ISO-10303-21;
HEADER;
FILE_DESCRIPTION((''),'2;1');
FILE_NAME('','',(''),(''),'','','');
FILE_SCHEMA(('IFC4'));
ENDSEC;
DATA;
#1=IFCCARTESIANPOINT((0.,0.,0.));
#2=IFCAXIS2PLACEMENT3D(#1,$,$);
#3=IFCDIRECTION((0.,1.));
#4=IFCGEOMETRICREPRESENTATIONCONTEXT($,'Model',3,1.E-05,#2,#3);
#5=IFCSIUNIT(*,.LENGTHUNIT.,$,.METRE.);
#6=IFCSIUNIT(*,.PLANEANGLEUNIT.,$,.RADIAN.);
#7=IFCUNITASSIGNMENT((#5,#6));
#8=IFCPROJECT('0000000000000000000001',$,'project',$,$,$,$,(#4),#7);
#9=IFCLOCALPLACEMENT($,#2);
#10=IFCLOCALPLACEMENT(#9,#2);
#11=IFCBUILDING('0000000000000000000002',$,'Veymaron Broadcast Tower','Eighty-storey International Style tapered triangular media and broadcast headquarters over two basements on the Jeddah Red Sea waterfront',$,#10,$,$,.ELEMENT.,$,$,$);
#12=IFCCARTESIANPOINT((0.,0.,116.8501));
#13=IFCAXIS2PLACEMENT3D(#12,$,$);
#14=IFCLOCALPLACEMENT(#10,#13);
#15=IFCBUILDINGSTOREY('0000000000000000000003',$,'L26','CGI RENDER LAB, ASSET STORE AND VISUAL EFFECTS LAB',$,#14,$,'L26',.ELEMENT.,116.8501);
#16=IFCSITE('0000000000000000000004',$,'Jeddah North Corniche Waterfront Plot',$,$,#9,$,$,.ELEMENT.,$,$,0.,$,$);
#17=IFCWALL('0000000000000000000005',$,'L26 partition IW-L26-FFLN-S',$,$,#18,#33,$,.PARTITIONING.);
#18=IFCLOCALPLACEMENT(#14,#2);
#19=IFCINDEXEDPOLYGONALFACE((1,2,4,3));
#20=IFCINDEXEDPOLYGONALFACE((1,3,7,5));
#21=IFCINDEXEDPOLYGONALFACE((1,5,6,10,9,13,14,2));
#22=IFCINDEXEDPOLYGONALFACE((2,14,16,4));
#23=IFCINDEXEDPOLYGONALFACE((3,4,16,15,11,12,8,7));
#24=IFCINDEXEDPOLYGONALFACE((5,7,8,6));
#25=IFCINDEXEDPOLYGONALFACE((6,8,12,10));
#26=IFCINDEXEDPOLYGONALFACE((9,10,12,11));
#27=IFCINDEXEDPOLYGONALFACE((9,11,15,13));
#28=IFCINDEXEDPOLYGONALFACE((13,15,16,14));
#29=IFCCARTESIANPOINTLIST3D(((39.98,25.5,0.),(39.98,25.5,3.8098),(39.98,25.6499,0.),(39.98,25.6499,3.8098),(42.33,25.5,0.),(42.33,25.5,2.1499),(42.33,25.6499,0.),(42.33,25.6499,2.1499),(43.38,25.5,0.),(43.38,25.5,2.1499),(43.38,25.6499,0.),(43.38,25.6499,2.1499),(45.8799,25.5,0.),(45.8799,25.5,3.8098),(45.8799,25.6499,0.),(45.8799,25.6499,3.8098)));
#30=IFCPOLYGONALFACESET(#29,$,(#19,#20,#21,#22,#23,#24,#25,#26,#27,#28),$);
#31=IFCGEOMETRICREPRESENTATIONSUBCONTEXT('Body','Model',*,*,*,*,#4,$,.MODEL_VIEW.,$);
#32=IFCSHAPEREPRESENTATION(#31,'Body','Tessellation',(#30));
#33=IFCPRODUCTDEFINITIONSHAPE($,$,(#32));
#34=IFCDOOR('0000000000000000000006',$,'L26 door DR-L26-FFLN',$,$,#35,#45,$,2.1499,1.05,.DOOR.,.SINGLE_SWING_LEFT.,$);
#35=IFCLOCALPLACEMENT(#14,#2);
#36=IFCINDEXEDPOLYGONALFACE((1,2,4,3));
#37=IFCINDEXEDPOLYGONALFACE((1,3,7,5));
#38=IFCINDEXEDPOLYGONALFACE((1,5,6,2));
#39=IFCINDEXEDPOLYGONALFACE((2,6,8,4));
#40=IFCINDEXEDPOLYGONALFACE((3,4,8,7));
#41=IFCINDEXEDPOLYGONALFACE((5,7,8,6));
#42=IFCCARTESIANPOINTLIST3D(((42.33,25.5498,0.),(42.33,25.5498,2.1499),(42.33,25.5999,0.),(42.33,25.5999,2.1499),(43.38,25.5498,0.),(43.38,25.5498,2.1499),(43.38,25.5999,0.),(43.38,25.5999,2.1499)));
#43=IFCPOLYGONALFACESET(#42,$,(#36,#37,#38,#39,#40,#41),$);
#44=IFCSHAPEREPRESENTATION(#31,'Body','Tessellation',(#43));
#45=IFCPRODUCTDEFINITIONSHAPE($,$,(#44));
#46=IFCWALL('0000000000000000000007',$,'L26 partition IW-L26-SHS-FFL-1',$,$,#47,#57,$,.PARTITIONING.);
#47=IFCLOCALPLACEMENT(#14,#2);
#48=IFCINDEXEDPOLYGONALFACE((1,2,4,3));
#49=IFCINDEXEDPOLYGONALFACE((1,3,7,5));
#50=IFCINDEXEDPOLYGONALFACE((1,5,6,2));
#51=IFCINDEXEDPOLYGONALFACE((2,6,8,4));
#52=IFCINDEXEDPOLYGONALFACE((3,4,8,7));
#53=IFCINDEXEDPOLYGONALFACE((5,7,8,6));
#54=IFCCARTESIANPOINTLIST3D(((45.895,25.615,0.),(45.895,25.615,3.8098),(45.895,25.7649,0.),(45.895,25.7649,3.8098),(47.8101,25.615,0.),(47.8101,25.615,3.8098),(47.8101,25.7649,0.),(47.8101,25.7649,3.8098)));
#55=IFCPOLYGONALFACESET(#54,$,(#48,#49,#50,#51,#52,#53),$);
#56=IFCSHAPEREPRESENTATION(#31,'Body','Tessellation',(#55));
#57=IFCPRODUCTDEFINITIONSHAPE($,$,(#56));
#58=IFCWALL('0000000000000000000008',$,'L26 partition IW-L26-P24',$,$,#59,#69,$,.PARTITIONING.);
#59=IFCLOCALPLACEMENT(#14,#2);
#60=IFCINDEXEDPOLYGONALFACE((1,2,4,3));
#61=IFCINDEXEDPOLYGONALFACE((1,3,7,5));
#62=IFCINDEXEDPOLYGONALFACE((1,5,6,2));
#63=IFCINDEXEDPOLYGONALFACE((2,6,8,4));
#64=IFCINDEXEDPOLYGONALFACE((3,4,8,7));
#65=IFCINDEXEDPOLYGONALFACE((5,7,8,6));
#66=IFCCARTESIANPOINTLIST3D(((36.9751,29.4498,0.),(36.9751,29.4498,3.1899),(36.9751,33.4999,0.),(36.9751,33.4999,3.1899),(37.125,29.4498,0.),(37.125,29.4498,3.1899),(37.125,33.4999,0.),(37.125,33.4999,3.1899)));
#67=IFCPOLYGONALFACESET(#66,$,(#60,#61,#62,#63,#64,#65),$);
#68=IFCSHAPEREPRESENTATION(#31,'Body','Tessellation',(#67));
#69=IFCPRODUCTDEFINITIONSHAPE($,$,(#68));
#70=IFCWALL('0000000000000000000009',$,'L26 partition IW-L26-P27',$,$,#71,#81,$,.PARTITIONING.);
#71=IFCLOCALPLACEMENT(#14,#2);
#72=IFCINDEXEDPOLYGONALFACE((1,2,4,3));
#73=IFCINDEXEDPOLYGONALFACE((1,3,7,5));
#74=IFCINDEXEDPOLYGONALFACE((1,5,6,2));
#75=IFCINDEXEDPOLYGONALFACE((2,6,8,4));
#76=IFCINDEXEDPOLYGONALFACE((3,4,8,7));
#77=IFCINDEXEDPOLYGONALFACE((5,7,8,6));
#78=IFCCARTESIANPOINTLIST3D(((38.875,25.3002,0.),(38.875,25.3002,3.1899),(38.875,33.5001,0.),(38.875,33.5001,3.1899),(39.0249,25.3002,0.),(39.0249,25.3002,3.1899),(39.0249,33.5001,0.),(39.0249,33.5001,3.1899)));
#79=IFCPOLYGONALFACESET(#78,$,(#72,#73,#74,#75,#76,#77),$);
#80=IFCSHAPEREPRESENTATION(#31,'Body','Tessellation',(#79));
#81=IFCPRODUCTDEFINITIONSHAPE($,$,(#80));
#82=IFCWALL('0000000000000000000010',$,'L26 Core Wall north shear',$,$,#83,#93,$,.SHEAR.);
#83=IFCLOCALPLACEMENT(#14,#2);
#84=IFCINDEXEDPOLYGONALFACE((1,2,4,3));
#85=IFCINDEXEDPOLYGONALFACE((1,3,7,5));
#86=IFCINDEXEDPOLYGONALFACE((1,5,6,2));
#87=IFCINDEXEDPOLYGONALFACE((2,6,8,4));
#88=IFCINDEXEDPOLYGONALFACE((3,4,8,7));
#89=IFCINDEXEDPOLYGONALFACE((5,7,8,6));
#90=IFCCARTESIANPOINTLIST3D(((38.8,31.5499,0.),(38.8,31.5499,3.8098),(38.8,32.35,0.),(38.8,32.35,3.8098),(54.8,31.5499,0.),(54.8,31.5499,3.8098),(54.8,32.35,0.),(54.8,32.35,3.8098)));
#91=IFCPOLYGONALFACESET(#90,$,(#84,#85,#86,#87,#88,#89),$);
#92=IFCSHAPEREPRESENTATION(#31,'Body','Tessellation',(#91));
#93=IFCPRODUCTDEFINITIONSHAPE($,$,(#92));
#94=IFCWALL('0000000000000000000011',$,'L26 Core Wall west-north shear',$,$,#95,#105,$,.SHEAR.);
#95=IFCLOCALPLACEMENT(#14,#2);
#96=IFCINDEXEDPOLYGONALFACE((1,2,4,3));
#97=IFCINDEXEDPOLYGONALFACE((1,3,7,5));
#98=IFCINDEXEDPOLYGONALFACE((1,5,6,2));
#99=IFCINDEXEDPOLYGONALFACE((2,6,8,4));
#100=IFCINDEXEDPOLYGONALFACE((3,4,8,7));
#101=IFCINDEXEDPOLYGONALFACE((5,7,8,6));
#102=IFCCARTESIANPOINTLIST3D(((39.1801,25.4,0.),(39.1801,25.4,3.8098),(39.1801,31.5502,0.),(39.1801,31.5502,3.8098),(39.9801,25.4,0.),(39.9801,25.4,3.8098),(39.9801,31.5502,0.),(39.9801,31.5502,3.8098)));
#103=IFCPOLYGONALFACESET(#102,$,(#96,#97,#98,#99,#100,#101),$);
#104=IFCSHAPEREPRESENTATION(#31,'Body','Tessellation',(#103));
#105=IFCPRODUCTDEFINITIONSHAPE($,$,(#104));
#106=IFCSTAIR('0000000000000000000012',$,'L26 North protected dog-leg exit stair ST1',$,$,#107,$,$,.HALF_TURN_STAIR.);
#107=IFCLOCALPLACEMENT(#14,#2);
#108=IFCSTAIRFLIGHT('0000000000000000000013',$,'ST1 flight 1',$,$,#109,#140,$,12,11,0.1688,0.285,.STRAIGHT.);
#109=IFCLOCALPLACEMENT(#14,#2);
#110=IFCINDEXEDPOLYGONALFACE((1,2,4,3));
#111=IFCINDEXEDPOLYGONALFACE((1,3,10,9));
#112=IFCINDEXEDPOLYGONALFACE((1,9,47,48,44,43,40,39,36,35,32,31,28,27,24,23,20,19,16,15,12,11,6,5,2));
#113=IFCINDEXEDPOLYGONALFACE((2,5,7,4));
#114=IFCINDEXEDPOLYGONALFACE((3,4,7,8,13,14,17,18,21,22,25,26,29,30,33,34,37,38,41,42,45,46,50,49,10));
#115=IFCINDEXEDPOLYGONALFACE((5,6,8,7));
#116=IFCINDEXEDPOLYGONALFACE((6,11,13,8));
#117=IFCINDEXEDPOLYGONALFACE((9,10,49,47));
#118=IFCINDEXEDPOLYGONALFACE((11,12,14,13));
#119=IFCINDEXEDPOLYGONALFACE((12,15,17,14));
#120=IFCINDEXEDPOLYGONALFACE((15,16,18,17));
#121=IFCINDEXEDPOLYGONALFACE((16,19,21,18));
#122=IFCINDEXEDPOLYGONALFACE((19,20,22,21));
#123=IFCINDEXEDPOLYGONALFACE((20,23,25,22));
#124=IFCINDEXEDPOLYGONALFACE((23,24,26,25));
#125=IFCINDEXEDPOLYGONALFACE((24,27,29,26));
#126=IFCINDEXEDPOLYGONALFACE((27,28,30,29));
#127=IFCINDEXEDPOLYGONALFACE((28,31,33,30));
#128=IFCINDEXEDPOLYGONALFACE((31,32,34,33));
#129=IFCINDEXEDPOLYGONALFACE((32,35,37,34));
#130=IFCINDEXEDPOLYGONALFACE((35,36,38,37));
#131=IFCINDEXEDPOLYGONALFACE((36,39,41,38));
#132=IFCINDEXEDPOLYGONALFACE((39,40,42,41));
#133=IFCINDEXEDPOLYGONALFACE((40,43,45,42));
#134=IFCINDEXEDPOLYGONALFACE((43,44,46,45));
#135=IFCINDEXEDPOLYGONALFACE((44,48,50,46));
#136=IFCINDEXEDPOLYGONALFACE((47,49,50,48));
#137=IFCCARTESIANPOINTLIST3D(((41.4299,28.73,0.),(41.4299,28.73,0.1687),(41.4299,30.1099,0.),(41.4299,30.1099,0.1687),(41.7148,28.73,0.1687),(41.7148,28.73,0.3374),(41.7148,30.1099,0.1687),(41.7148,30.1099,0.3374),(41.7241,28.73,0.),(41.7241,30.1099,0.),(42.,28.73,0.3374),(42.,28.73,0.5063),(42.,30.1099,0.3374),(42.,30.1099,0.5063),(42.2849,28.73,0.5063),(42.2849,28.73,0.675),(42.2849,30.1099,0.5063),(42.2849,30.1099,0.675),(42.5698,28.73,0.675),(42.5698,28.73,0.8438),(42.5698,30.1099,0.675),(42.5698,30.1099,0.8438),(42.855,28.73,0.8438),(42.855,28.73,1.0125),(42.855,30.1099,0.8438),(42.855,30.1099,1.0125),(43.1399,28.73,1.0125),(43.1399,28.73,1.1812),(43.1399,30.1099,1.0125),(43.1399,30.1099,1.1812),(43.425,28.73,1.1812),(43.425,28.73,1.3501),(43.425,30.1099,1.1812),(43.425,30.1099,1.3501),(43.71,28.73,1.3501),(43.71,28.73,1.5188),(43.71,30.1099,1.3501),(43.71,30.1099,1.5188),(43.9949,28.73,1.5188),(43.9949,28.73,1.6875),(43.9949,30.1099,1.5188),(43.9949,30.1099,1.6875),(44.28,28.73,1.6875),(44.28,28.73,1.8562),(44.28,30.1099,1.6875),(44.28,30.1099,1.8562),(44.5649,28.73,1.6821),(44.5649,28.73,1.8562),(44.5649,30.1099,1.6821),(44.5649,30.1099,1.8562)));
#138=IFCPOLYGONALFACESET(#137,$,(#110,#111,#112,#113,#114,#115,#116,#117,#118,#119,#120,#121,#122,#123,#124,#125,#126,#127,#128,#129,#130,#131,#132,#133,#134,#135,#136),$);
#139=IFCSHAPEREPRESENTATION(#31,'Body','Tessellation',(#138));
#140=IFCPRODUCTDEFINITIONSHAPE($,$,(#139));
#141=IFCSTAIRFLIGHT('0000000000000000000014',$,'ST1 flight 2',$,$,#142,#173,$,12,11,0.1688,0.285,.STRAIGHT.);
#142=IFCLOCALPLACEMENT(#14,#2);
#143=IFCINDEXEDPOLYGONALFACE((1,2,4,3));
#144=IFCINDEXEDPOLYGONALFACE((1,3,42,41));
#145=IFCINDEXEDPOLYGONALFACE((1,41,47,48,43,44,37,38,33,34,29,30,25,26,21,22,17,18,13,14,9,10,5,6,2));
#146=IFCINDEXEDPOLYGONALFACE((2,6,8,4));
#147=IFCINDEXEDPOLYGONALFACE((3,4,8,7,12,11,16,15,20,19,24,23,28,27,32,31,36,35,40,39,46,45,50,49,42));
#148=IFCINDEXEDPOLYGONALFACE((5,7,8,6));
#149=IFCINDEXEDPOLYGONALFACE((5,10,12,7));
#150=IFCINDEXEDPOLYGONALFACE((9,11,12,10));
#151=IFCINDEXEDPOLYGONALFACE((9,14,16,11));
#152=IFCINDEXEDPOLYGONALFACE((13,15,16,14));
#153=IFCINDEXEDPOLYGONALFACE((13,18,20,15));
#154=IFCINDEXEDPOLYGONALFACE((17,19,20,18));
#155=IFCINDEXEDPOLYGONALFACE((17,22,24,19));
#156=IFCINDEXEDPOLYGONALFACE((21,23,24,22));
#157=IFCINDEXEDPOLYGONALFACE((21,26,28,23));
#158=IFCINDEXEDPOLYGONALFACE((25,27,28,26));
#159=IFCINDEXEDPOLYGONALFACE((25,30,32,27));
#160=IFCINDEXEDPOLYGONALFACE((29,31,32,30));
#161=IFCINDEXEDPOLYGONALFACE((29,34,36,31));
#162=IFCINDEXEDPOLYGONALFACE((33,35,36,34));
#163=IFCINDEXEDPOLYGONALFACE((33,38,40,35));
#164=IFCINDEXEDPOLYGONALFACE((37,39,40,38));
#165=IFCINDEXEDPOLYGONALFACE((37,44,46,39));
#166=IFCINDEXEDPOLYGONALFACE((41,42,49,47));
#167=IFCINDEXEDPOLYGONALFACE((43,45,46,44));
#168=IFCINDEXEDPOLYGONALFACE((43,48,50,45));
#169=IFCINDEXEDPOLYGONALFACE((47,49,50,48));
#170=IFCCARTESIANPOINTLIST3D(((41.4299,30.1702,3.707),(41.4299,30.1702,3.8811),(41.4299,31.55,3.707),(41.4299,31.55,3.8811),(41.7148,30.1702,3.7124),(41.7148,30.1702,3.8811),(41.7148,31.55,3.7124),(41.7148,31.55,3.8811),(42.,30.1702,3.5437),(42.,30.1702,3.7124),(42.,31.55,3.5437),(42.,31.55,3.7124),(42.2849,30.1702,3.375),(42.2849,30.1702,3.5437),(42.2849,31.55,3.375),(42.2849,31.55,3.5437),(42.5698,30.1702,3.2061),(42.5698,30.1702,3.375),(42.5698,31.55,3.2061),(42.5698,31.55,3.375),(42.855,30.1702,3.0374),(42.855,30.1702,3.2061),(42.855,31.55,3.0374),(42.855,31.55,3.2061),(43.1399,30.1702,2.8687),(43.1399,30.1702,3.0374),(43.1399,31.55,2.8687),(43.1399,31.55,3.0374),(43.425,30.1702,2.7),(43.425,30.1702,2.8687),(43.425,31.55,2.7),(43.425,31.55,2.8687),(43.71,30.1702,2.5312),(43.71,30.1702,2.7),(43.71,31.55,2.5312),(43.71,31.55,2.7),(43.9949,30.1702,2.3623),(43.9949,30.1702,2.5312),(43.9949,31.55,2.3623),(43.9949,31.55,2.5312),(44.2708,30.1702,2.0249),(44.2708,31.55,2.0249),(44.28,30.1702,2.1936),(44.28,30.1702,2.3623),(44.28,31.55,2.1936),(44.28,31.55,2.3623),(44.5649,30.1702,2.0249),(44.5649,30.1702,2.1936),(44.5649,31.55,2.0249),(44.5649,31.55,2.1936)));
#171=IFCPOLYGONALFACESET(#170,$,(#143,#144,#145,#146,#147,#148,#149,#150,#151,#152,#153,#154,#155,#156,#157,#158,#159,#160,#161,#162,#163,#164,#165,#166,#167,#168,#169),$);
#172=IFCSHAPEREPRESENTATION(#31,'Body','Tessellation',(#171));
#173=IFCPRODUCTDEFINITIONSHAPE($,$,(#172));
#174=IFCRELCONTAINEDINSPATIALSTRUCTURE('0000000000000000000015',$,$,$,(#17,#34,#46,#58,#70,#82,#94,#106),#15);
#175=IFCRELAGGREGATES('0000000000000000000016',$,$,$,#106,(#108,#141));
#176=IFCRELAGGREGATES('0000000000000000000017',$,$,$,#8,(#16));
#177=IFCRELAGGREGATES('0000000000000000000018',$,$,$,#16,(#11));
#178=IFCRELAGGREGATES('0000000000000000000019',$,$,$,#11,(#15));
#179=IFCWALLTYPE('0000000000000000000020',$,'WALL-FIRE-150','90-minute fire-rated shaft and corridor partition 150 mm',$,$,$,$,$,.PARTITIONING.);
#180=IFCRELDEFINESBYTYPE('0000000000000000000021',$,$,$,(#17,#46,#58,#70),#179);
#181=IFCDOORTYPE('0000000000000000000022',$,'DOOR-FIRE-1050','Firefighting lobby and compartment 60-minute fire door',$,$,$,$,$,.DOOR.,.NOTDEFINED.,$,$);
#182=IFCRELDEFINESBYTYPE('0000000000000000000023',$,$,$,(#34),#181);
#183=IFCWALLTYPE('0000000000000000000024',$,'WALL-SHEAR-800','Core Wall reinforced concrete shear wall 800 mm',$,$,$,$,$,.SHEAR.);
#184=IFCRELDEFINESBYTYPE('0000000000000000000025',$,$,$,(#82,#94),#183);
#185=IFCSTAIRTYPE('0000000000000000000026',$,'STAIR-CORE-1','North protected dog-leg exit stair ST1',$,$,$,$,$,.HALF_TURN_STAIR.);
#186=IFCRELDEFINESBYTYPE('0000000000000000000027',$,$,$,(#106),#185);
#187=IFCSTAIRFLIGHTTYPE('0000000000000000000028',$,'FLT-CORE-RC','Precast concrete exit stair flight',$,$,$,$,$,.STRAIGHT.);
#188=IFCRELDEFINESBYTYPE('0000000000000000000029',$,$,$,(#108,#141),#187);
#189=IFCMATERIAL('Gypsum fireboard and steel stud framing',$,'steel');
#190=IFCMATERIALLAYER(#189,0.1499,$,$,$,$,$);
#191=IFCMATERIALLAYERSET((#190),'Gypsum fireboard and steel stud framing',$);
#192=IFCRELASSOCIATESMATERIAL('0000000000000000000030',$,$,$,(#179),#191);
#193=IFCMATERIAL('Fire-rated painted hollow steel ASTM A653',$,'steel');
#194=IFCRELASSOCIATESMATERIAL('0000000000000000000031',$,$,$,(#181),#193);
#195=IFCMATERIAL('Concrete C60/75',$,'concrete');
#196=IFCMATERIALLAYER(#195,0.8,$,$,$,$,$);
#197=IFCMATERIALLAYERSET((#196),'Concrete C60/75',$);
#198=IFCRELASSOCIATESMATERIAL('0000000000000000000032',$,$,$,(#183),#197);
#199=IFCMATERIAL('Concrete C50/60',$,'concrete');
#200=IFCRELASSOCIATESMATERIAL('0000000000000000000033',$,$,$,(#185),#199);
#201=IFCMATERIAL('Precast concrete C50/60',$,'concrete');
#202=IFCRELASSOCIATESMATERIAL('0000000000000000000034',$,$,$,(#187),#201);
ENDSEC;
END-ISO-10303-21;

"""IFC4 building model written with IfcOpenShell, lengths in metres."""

from ifc_helpers import new_model, si_unit, direction, frame, frame_2d, origin, place, context, subcontext, project, spatial, polyline, rectangle, outline, extrude, material, layer, layer_set, type_object, element, fill, aggregate, save


model = new_model("IFC4")

# Units and contexts
model_context = context("Model", 3, precision=1e-05, world=origin(), true_north=direction((0.0, 1.0)))
body_context = subcontext(model_context, "Body", "Model", "MODEL_VIEW")
ifc_project = project(units=[si_unit("LENGTHUNIT", "METRE"), si_unit("PLANEANGLEUNIT", "RADIAN")], contexts=[model_context])

# Site, building, storey
site_placement = place(None, origin())
site = spatial("IfcSite", under=ifc_project, at=site_placement, Name="Jeddah North Corniche Waterfront Plot", CompositionType="ELEMENT", RefElevation=0.0)
building_placement = place(site_placement, origin())
building = spatial("IfcBuilding", under=site, at=building_placement, Name="Veymaron Broadcast Tower", Description="Eighty-storey International Style tapered triangular media and broadcast headquarters over two basements on the Jeddah Red Sea waterfront", CompositionType="ELEMENT")
storey_placement = place(building_placement, frame((0.0, 0.0, 116.8501)))
storey = spatial("IfcBuildingStorey", under=building, at=storey_placement, Name="L26", Description="CGI RENDER LAB, ASSET STORE AND VISUAL EFFECTS LAB", LongName="L26", CompositionType="ELEMENT", Elevation=116.8501)

# Wall, opening, door
ifc_material_1 = material(Name="Gypsum fireboard and steel stud framing", Category="steel")
ifc_layer_1 = layer(ifc_material_1, 0.1499)
ifc_layer_set_1 = layer_set([ifc_layer_1], Name="Gypsum fireboard and steel stud framing")
wall_type_1 = type_object("IfcWallType", Name="WALL-FIRE-150", Description="90-minute fire-rated shaft and corridor partition 150 mm", PredefinedType="PARTITIONING", material=ifc_layer_set_1)
wall_1_placement = place(storey_placement, frame((39.98, 25.575, 0.0), z_axis=(0.0, 0.0, 1.0), x_axis=(1.0, 0.0, 0.0)))
wall_1 = element("IfcWall", 1, at=wall_1_placement, inside=storey, type_object=wall_type_1, Name="L26 partition IW-L26-FFLN-S", PredefinedType="PARTITIONING", context=body_context, shape_type="SweptSolid", body=[
    extrude(rectangle(XDim=5.8999, YDim=0.1499, at=frame_2d((2.95, 0.0))), origin(), (0.0, 0.0, 1.0), 3.8098),
])
opening_1_placement = place(wall_1_placement, frame((2.3501, 0.0, 0.0)))
opening_1 = element("IfcOpeningElement", 2, at=opening_1_placement, cuts=wall_1, PredefinedType="OPENING", context=body_context, shape_type="SweptSolid", body=[
    extrude(rectangle(XDim=1.05, YDim=2.1499, at=frame_2d((0.5249, 1.075))), frame((0.0, 0.085, 0.0), z_axis=(0.0, -1.0, 0.0), x_axis=(1.0, 0.0, 0.0)), (0.0, 0.0, 1.0), 0.1699),
])
ifc_material_2 = material(Name="Fire-rated painted hollow steel ASTM A653", Category="steel")
door_type_1 = type_object("IfcDoorType", Name="DOOR-FIRE-1050", Description="Firefighting lobby and compartment 60-minute fire door", OperationType="NOTDEFINED", PredefinedType="DOOR", material=ifc_material_2)
door_1_placement = place(opening_1_placement, origin())
door_1 = element("IfcDoor", 3, at=door_1_placement, inside=storey, type_object=door_type_1, Name="L26 door DR-L26-FFLN", OperationType="SINGLE_SWING_LEFT", OverallHeight=2.1499, OverallWidth=1.05, PredefinedType="DOOR", context=body_context, shape_type="SweptSolid", body=[
    extrude(rectangle(XDim=1.05, YDim=2.1499, at=frame_2d((0.5249, 1.075))), frame((0.0, 0.0249, 0.0), z_axis=(0.0, -1.0, 0.0), x_axis=(1.0, 0.0, 0.0)), (0.0, 0.0, 1.0), 0.05),
])
fill(opening_1, door_1)

# Wall
wall_2_placement = place(storey_placement, frame((45.895, 25.6899, 0.0), z_axis=(0.0, 0.0, 1.0), x_axis=(1.0, 0.0, 0.0)))
element("IfcWall", 4, at=wall_2_placement, inside=storey, type_object=wall_type_1, Name="L26 partition IW-L26-SHS-FFL-1", PredefinedType="PARTITIONING", context=body_context, shape_type="SweptSolid", body=[
    extrude(rectangle(XDim=1.915, YDim=0.1499, at=frame_2d((0.9575, 0.0))), origin(), (0.0, 0.0, 1.0), 3.8098),
])

# Walls
wall_3_placement = place(storey_placement, frame((37.05, 29.45, 0.0), z_axis=(0.0, 0.0, 1.0), x_axis=(0.0, 1.0, 0.0)))
element("IfcWall", 5, at=wall_3_placement, inside=storey, type_object=wall_type_1, Name="L26 partition IW-L26-P24", PredefinedType="PARTITIONING", context=body_context, shape_type="SweptSolid", body=[
    extrude(rectangle(XDim=4.05, YDim=0.1499, at=frame_2d((2.0249, 0.0))), origin(), (0.0, 0.0, 1.0), 3.1899),
])
wall_4_placement = place(storey_placement, frame((38.95, 25.3, 0.0), z_axis=(0.0, 0.0, 1.0), x_axis=(0.0, 1.0, 0.0)))
element("IfcWall", 6, at=wall_4_placement, inside=storey, type_object=wall_type_1, Name="L26 partition IW-L26-P27", PredefinedType="PARTITIONING", context=body_context, shape_type="SweptSolid", body=[
    extrude(rectangle(XDim=8.2, YDim=0.1499, at=frame_2d((4.1001, 0.0))), origin(), (0.0, 0.0, 1.0), 3.1899),
])

# Shared definitions
ifc_material_3 = material(Name="Concrete C50/60", Category="concrete")

# Walls
ifc_material_4 = material(Name="Concrete C60/75", Category="concrete")
ifc_layer_2 = layer(ifc_material_4, 0.8)
ifc_layer_set_2 = layer_set([ifc_layer_2], Name="Concrete C60/75")
wall_type_2 = type_object("IfcWallType", Name="WALL-SHEAR-800", Description="Core Wall reinforced concrete shear wall 800 mm", PredefinedType="SHEAR", material=ifc_layer_set_2)
wall_5_placement = place(storey_placement, frame((38.8, 31.95, 0.0), z_axis=(0.0, 0.0, 1.0), x_axis=(1.0, 0.0, 0.0)))
element("IfcWall", 7, at=wall_5_placement, inside=storey, type_object=wall_type_2, Name="L26 Core Wall north shear", PredefinedType="SHEAR", context=body_context, shape_type="SweptSolid", body=[
    extrude(rectangle(XDim=16.0, YDim=0.8, at=frame_2d((8.0, 0.0))), origin(), (0.0, 0.0, 1.0), 3.8098),
])
wall_6_placement = place(storey_placement, frame((39.5801, 25.3999, 0.0), z_axis=(0.0, 0.0, 1.0), x_axis=(0.0, 1.0, 0.0)))
element("IfcWall", 8, at=wall_6_placement, inside=storey, type_object=wall_type_2, Name="L26 Core Wall west-north shear", PredefinedType="SHEAR", context=body_context, shape_type="SweptSolid", body=[
    extrude(rectangle(XDim=6.1501, YDim=0.8, at=frame_2d((3.0752, 0.0))), origin(), (0.0, 0.0, 1.0), 3.8098),
])

# Stair, stair flights
stair_type = type_object("IfcStairType", Name="STAIR-CORE-1", Description="North protected dog-leg exit stair ST1", PredefinedType="HALF_TURN_STAIR", material=ifc_material_3)
stair_placement = place(storey_placement, origin())
stair = element("IfcStair", 9, at=stair_placement, inside=storey, type_object=stair_type, Name="L26 North protected dog-leg exit stair ST1", PredefinedType="HALF_TURN_STAIR")
ifc_material_5 = material(Name="Precast concrete C50/60", Category="concrete")
stair_flight_type = type_object("IfcStairFlightType", Name="FLT-CORE-RC", Description="Precast concrete exit stair flight", PredefinedType="STRAIGHT", material=ifc_material_5)
stair_flight_1_placement = place(storey_placement, frame((41.4299, 29.4199, 0.0), z_axis=(0.0, 0.0, 1.0), x_axis=(1.0, 0.0, 0.0)))
stair_flight_1 = element("IfcStairFlight", 10, at=stair_flight_1_placement, type_object=stair_flight_type, Name="ST1 flight 1", NumberOfRisers=12, NumberOfTreads=11, PredefinedType="STRAIGHT", RiserHeight=0.1688, TreadLength=0.285, context=body_context, shape_type="SweptSolid", body=[
    extrude(outline(polyline([(0.0, 0.0), (0.0, 0.1687), (0.2849, 0.1687), (0.2849, 0.3374), (0.5701, 0.3374), (0.5701, 0.5063), (0.855, 0.5063), (0.855, 0.675), (1.1399, 0.675), (1.1399, 0.8438), (1.425, 0.8438), (1.425, 1.0125), (1.71, 1.0125), (1.71, 1.1812), (1.9951, 1.1812), (1.9951, 1.3501), (2.28, 1.3501), (2.28, 1.5188), (2.5649, 1.5188), (2.5649, 1.6875), (2.8501, 1.6875), (2.8501, 1.8562), (3.135, 1.8562), (3.135, 2.0249), (3.135, 1.6821), (0.2942, 0.0), (0.0, 0.0)])), frame((0.0, 0.6899, 0.0), z_axis=(0.0, -1.0, 0.0), x_axis=(1.0, 0.0, 0.0)), (0.0, 0.0, 1.0), 1.3799),
])
stair_flight_2_placement = place(storey_placement, frame((44.5649, 30.8601, 2.0249), z_axis=(0.0, 0.0, 1.0), x_axis=(-1.0, 0.0, 0.0)))
stair_flight_2 = element("IfcStairFlight", 11, at=stair_flight_2_placement, type_object=stair_flight_type, Name="ST1 flight 2", NumberOfRisers=12, NumberOfTreads=11, PredefinedType="STRAIGHT", RiserHeight=0.1688, TreadLength=0.285, context=body_context, shape_type="SweptSolid", body=[
    extrude(outline(polyline([(0.0, 0.0), (0.0, 0.1687), (0.2849, 0.1687), (0.2849, 0.3374), (0.5701, 0.3374), (0.5701, 0.5063), (0.855, 0.5063), (0.855, 0.675), (1.1399, 0.675), (1.1399, 0.8438), (1.425, 0.8438), (1.425, 1.0125), (1.71, 1.0125), (1.71, 1.1812), (1.9951, 1.1812), (1.9951, 1.3501), (2.28, 1.3501), (2.28, 1.5188), (2.5649, 1.5188), (2.5649, 1.6875), (2.8501, 1.6875), (2.8501, 1.8562), (3.135, 1.8562), (3.135, 2.0249), (3.135, 1.6821), (0.2942, 0.0), (0.0, 0.0)])), frame((0.0, 0.6899, 0.0), z_axis=(0.0, -1.0, 0.0), x_axis=(1.0, 0.0, 0.0)), (0.0, 0.0, 1.0), 1.3799),
])
aggregate(stair, [stair_flight_1, stair_flight_2])

save(model, "model.ifc")
